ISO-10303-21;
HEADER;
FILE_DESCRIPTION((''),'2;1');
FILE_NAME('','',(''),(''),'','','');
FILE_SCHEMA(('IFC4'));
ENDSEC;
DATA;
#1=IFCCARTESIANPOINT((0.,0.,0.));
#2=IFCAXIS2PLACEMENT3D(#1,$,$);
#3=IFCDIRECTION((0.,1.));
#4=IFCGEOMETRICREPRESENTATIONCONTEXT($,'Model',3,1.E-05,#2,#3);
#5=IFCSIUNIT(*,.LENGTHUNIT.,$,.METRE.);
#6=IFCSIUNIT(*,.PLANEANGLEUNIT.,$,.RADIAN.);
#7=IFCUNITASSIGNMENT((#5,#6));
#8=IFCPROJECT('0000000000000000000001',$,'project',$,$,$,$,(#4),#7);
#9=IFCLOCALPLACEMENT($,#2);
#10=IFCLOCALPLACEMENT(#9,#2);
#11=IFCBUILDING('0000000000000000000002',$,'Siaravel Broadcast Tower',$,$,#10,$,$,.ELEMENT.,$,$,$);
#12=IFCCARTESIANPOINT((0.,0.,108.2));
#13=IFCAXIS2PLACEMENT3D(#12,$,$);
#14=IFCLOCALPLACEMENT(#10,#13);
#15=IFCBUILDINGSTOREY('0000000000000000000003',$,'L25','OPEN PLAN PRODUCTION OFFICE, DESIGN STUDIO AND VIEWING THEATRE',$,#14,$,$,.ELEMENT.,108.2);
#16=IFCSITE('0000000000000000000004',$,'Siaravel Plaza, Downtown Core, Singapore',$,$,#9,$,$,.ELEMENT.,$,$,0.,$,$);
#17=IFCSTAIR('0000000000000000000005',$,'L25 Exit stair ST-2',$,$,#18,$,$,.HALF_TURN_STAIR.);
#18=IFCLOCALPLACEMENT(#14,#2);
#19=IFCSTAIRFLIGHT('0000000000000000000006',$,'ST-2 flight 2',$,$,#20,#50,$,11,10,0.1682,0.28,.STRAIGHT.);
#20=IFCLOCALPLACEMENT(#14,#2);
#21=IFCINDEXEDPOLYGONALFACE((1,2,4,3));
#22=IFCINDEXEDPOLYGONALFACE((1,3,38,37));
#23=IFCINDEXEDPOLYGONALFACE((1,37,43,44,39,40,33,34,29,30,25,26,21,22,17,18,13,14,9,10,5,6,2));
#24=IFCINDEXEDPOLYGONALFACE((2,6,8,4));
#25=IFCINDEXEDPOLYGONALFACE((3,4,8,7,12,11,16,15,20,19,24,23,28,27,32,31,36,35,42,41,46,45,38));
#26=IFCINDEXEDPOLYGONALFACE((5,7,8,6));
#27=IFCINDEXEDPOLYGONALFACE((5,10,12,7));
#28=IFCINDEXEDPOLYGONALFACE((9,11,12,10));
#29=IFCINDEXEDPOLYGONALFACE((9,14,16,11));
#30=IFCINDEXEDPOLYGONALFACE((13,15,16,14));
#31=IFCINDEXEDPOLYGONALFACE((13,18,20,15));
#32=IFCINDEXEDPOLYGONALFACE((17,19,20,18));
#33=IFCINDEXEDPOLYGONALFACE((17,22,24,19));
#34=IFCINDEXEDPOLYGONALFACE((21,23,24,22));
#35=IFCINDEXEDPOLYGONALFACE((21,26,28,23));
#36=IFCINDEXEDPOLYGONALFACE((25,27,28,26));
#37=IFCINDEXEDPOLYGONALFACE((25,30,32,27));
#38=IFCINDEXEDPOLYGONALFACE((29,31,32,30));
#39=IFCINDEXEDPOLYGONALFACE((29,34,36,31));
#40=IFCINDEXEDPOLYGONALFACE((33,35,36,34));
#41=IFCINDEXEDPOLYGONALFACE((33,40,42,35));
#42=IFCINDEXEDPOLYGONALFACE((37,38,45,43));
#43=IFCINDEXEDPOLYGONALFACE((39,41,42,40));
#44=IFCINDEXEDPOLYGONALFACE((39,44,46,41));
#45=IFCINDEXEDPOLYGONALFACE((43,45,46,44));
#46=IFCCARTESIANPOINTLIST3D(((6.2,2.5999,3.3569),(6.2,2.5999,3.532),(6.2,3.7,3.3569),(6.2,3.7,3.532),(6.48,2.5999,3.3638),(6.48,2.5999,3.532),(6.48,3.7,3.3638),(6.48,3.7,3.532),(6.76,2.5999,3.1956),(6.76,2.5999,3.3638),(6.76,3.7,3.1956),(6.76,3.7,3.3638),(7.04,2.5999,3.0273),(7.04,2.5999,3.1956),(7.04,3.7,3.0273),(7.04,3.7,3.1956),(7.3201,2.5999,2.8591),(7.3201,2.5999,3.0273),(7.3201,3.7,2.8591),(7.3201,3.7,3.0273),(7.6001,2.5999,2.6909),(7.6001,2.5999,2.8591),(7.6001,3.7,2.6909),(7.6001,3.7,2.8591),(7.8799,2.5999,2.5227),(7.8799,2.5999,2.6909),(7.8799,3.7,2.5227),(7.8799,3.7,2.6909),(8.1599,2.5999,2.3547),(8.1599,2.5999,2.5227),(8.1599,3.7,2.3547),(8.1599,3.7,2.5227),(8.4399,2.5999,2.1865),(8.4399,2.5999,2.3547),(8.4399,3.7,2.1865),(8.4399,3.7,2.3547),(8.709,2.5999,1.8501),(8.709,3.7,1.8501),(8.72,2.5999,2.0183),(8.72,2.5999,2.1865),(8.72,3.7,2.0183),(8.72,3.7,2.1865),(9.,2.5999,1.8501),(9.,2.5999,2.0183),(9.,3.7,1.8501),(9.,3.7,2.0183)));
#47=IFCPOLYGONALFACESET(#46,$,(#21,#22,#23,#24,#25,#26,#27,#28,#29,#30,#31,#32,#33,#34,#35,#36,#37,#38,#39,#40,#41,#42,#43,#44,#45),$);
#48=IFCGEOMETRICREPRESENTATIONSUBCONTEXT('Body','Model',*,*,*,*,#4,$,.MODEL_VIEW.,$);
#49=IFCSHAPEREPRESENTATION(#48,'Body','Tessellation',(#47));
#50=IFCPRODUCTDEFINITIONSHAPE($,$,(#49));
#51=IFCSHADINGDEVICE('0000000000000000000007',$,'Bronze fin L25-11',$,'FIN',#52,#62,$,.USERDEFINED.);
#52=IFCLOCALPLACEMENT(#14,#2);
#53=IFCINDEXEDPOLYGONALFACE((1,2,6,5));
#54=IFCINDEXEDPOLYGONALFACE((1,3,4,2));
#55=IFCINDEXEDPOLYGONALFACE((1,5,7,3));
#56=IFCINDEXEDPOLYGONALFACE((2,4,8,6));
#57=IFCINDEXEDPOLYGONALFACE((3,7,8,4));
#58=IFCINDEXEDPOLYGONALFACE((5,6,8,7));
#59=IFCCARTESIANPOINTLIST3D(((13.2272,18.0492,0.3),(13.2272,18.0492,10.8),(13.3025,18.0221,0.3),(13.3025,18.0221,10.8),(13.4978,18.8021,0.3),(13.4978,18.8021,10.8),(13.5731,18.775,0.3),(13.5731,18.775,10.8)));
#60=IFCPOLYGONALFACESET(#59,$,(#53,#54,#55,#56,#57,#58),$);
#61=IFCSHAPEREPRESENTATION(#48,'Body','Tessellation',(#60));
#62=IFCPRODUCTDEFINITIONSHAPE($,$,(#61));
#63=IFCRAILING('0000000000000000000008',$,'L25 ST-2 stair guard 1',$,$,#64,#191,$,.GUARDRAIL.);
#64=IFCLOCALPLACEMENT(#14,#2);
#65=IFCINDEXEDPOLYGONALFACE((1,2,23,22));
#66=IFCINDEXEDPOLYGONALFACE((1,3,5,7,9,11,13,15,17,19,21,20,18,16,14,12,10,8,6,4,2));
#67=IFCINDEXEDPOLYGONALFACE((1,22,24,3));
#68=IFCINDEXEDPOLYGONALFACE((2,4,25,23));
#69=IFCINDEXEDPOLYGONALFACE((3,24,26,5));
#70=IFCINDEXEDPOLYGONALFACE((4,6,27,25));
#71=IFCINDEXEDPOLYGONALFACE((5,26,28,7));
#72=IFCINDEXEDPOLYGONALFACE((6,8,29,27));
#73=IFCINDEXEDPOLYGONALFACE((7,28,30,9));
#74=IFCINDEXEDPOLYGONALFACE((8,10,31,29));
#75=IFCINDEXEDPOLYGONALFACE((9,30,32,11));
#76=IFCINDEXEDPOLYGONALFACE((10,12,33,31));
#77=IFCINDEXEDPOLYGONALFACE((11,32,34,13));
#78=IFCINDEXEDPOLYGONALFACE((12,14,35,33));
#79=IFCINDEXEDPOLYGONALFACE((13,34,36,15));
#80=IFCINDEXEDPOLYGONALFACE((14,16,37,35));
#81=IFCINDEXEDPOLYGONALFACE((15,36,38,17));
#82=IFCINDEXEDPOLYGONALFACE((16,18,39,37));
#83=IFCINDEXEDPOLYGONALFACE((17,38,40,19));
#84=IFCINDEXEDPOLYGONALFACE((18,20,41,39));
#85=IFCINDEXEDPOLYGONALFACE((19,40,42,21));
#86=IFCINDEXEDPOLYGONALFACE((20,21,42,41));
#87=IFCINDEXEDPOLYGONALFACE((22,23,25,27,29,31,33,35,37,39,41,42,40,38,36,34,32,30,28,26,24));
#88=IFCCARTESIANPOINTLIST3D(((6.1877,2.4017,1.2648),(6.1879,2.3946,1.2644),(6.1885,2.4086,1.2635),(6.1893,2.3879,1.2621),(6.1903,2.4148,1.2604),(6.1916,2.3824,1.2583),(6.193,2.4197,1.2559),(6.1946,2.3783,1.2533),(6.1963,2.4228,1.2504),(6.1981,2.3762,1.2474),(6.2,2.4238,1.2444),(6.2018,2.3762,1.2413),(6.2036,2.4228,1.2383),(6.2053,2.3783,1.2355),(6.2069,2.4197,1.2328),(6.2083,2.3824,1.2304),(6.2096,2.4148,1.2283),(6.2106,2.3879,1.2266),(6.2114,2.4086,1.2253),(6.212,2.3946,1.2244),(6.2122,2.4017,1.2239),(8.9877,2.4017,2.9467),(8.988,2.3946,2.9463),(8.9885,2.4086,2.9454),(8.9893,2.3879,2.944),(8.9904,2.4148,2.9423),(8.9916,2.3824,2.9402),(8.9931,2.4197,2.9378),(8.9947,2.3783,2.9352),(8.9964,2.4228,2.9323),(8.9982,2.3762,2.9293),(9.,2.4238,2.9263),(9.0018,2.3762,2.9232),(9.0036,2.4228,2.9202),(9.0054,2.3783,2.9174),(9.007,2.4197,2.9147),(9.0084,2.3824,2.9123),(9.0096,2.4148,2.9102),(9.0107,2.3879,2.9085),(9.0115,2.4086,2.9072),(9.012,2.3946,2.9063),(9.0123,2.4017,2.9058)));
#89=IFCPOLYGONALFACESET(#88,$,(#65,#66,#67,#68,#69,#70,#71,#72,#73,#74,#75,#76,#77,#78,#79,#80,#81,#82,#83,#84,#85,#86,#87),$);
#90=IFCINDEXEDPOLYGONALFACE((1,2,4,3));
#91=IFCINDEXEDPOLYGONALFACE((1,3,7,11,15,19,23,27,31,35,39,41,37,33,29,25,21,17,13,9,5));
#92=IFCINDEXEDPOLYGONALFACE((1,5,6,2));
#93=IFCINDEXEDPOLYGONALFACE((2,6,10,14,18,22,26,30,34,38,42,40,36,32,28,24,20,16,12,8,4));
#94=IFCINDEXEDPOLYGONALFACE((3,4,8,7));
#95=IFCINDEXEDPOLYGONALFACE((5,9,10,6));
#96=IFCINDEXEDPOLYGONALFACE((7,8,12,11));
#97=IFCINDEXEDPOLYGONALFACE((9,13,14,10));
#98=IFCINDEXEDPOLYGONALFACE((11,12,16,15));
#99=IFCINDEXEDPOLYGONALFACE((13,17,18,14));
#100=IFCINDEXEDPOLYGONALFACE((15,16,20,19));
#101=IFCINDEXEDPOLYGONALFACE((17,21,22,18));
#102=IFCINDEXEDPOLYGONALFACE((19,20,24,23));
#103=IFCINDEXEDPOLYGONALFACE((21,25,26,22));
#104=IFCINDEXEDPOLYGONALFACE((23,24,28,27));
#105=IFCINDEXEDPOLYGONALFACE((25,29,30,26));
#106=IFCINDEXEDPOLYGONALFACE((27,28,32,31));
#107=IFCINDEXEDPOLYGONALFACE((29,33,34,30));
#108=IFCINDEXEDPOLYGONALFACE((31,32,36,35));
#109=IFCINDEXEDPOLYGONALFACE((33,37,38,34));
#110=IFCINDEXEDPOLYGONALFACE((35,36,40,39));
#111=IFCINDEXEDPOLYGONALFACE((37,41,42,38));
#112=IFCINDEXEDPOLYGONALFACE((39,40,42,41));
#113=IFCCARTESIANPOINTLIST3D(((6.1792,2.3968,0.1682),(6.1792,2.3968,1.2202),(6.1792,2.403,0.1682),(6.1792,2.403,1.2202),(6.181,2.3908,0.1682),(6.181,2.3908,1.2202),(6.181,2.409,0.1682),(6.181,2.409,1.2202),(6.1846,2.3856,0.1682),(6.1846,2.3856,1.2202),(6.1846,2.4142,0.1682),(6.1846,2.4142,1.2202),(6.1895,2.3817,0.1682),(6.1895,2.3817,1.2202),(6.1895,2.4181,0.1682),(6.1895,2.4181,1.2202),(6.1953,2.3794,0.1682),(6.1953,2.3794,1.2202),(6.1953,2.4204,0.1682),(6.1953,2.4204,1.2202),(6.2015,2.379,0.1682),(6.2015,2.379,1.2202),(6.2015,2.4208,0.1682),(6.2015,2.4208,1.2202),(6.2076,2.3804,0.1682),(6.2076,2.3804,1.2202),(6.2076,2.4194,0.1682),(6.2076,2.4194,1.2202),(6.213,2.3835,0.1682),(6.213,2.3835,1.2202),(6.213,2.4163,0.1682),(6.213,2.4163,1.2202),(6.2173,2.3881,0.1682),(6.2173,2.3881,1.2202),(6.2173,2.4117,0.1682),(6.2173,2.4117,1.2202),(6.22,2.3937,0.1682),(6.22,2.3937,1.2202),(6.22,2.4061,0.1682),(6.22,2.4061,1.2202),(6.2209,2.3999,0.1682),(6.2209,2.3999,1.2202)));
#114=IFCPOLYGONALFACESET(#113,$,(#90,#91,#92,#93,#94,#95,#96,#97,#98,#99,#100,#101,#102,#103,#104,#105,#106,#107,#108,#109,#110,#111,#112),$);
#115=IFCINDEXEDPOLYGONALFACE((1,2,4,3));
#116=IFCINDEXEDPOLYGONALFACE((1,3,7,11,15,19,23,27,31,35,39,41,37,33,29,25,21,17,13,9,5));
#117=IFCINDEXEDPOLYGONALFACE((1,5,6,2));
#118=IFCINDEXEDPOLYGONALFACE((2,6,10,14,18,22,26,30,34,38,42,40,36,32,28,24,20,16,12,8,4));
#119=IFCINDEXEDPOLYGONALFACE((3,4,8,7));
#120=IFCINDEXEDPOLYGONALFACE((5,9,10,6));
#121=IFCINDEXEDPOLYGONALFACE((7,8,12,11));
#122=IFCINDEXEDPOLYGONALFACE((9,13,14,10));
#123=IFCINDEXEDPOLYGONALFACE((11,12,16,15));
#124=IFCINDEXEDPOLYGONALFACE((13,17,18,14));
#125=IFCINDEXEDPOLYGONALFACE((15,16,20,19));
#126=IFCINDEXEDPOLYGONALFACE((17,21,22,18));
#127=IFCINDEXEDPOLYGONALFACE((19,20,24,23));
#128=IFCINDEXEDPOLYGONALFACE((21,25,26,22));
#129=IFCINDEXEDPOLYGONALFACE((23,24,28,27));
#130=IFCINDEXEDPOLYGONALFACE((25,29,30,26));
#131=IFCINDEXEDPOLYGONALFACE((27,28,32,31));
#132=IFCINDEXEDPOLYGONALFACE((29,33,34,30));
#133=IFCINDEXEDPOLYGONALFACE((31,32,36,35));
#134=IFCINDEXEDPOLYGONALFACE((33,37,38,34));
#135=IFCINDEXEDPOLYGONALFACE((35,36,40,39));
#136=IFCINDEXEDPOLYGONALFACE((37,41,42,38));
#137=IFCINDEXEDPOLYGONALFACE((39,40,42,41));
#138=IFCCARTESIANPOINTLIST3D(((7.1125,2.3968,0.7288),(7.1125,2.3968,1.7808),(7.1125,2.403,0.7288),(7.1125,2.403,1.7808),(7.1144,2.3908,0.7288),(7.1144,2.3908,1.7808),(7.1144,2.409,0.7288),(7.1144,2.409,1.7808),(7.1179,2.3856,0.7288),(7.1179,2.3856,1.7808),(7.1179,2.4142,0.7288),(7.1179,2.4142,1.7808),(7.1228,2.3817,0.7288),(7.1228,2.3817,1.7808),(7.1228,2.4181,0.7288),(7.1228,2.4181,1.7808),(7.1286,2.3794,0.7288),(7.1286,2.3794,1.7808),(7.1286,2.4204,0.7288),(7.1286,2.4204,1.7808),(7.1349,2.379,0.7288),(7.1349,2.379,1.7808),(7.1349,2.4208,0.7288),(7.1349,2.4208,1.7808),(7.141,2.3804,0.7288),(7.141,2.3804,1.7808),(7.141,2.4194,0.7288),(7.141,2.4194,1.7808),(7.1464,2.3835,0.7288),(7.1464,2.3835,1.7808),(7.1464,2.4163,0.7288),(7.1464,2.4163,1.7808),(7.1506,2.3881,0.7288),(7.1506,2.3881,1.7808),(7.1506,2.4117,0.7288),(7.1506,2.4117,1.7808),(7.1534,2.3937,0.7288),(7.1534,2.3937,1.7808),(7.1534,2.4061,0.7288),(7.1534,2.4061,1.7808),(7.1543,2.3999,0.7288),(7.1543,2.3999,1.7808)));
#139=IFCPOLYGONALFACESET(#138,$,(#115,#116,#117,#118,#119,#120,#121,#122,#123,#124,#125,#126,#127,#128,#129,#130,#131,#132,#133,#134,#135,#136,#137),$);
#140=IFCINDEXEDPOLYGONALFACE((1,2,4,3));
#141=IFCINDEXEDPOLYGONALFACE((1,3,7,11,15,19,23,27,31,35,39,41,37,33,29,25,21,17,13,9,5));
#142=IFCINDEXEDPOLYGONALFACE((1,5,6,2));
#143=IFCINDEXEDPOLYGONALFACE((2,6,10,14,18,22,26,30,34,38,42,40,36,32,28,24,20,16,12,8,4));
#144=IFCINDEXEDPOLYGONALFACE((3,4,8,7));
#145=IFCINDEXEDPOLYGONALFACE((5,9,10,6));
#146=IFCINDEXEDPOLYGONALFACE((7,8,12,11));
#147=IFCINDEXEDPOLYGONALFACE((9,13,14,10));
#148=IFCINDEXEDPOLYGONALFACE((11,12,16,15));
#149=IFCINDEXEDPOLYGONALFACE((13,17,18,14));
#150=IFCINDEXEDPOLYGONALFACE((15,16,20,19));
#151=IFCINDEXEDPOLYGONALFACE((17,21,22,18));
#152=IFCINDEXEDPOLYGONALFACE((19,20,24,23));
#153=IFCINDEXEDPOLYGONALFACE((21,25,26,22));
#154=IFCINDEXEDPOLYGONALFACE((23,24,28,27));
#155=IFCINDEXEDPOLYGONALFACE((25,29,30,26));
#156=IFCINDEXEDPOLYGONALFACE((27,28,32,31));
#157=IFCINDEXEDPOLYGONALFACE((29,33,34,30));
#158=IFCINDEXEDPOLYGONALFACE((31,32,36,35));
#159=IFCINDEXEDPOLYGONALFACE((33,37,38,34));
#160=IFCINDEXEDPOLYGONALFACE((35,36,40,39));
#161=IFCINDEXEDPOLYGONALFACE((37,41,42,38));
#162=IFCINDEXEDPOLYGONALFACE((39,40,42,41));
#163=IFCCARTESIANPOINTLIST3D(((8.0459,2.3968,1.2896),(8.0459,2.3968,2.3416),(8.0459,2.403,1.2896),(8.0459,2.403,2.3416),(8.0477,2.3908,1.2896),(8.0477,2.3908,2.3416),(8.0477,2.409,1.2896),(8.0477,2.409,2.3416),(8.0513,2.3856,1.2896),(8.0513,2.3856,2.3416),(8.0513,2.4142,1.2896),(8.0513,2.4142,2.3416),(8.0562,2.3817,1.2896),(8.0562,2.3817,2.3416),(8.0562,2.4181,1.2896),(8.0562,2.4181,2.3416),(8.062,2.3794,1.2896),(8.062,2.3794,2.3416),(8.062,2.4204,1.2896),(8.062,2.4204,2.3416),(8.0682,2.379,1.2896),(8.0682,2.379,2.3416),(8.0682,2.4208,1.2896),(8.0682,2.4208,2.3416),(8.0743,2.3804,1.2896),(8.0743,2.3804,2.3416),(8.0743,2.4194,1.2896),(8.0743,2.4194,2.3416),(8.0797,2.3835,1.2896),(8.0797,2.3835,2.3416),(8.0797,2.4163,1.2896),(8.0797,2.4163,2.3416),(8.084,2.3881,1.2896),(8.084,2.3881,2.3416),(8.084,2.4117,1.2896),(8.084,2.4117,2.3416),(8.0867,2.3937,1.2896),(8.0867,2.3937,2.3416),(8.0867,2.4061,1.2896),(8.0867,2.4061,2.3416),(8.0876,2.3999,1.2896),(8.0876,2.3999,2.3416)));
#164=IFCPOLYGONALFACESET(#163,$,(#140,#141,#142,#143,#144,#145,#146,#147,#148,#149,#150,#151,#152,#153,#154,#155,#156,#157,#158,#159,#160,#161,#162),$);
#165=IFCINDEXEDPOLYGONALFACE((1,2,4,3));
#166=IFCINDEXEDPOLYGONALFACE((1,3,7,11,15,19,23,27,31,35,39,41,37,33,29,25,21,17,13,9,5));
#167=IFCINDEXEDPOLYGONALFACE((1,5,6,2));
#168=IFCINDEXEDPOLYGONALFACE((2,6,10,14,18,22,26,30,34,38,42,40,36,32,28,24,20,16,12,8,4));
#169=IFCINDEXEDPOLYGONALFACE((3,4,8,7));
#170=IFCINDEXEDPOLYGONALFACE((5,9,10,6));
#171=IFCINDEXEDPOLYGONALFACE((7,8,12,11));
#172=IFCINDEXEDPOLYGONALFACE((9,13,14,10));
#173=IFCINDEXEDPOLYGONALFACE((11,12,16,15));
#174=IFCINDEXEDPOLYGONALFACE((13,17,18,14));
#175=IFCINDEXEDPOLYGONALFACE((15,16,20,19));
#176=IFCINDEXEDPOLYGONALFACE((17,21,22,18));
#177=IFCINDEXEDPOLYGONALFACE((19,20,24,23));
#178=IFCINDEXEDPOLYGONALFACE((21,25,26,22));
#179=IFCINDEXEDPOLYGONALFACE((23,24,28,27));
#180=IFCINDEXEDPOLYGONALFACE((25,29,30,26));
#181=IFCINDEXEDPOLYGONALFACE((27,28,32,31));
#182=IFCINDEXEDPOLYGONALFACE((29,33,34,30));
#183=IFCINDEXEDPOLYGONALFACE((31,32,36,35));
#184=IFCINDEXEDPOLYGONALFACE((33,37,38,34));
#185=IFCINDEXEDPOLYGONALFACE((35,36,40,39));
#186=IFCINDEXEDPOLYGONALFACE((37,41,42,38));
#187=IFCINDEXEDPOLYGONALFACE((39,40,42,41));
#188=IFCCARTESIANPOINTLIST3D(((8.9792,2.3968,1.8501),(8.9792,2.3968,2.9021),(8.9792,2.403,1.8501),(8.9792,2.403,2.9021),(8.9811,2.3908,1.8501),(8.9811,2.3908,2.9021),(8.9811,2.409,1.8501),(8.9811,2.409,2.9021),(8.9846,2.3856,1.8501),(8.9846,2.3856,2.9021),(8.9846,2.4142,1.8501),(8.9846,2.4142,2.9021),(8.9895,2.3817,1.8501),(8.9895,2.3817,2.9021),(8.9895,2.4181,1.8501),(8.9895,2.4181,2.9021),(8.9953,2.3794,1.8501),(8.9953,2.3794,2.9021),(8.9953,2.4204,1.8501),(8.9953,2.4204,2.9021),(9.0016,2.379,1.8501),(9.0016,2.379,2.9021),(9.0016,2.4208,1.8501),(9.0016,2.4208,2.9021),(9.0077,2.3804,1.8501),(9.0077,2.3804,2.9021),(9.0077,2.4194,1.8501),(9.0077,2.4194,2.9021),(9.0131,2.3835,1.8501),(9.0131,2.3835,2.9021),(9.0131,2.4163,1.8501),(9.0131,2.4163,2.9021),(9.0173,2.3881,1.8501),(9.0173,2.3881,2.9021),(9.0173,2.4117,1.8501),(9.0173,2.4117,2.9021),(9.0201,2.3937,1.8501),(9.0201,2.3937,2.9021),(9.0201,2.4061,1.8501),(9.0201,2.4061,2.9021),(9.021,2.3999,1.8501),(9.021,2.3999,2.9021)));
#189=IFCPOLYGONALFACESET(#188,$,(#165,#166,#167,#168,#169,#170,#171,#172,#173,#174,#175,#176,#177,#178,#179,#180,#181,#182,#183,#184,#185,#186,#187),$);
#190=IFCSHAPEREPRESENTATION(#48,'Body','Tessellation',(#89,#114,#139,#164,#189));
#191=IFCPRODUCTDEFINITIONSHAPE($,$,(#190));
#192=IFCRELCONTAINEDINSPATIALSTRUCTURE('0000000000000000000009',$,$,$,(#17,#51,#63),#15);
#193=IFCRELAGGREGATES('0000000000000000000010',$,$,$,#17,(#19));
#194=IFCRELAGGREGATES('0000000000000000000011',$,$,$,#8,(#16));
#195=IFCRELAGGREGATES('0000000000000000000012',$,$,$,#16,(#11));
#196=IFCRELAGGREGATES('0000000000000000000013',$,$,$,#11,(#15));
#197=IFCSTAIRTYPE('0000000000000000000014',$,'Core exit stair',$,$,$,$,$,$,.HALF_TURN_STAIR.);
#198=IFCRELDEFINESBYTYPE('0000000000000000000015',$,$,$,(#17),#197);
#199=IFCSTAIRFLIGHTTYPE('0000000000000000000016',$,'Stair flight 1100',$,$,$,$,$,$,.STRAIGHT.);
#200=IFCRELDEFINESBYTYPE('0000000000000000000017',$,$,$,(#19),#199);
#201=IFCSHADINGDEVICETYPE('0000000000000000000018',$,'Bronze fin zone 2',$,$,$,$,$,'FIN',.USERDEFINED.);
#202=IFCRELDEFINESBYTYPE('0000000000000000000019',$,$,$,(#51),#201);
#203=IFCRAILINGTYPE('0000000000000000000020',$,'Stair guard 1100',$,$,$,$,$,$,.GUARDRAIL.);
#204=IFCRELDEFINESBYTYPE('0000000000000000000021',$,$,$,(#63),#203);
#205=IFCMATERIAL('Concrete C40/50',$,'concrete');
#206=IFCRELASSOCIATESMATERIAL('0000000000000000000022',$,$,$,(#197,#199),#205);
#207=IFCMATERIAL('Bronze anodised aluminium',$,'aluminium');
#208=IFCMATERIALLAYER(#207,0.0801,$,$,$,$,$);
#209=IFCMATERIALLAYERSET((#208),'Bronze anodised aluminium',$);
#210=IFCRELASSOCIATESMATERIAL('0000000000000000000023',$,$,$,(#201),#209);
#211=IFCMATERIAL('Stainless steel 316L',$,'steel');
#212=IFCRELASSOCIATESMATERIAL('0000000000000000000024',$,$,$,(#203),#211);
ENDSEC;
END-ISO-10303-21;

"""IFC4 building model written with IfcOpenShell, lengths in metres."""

from ifc_helpers import new_model, si_unit, direction, frame, origin, origin_2d, place, context, subcontext, project, spatial, polyline, rectangle, circle, outline, extrude, material, layer, layer_set, type_object, element, aggregate, save


model = new_model("IFC4")

# Units and contexts
model_context = context("Model", 3, precision=1e-05, world=origin(), true_north=direction((0.0, 1.0)))
body_context = subcontext(model_context, "Body", "Model", "MODEL_VIEW")
ifc_project = project(units=[si_unit("LENGTHUNIT", "METRE"), si_unit("PLANEANGLEUNIT", "RADIAN")], contexts=[model_context])

# Site, building, storey
site_placement = place(None, origin())
site = spatial("IfcSite", under=ifc_project, at=site_placement, Name="Siaravel Plaza, Downtown Core, Singapore", CompositionType="ELEMENT", RefElevation=0.0)
building_placement = place(site_placement, origin())
building = spatial("IfcBuilding", under=site, at=building_placement, Name="Siaravel Broadcast Tower", CompositionType="ELEMENT")
storey_placement = place(building_placement, frame((0.0, 0.0, 108.2)))
storey = spatial("IfcBuildingStorey", under=building, at=storey_placement, Name="L25", Description="OPEN PLAN PRODUCTION OFFICE, DESIGN STUDIO AND VIEWING THEATRE", CompositionType="ELEMENT", Elevation=108.2)

# Stair, stair flight
ifc_material_1 = material(Name="Concrete C40/50", Category="concrete")
stair_type = type_object("IfcStairType", Name="Core exit stair", PredefinedType="HALF_TURN_STAIR", material=ifc_material_1)
stair_placement = place(storey_placement, origin())
stair = element("IfcStair", 1, at=stair_placement, inside=storey, type_object=stair_type, Name="L25 Exit stair ST-2", PredefinedType="HALF_TURN_STAIR")
stair_flight_type = type_object("IfcStairFlightType", Name="Stair flight 1100", PredefinedType="STRAIGHT", material=ifc_material_1)
stair_flight_1_placement = place(storey_placement, frame((9.0, 3.1499, 1.8501), z_axis=(0.0, 0.0, 1.0), x_axis=(-1.0, 0.0, 0.0)))
stair_flight_1 = element("IfcStairFlight", 2, at=stair_flight_1_placement, type_object=stair_flight_type, Name="ST-2 flight 2", NumberOfRisers=11, NumberOfTreads=10, PredefinedType="STRAIGHT", RiserHeight=0.1682, TreadLength=0.28, context=body_context, shape_type="SweptSolid", body=[
    extrude(outline(polyline([(0.0, 0.0), (0.0, 0.1682), (0.28, 0.1682), (0.28, 0.3364), (0.5601, 0.3364), (0.5601, 0.5046), (0.8401, 0.5046), (0.8401, 0.6726), (1.1201, 0.6726), (1.1201, 0.8408), (1.3999, 0.8408), (1.3999, 1.009), (1.6799, 1.009), (1.6799, 1.1772), (1.96, 1.1772), (1.96, 1.3455), (2.24, 1.3455), (2.24, 1.5137), (2.52, 1.5137), (2.52, 1.6819), (2.8, 1.6819), (2.8, 1.8501), (2.8, 1.5068), (0.291, 0.0), (0.0, 0.0)])), frame((0.0, 0.55, 0.0), z_axis=(0.0, -1.0, 0.0), x_axis=(1.0, 0.0, 0.0)), (0.0, 0.0, 1.0), 1.1001),
])
aggregate(stair, [stair_flight_1])

# Shading device
ifc_material_2 = material(Name="Bronze anodised aluminium", Category="aluminium")
ifc_layer_1 = layer(ifc_material_2, 0.0801)
ifc_layer_set_1 = layer_set([ifc_layer_1], Name="Bronze anodised aluminium")
shading_device_type = type_object("IfcShadingDeviceType", Name="Bronze fin zone 2", ElementType="FIN", PredefinedType="USERDEFINED", material=ifc_layer_set_1)
shading_device_placement = place(storey_placement, frame((13.4001, 18.4121, 0.3), z_axis=(0.0, 0.0, 1.0), x_axis=(0.338258, 0.941053, 0.0)))
element("IfcShadingDevice", 3, at=shading_device_placement, inside=storey, type_object=shading_device_type, Name="Bronze fin L25-11", ObjectType="FIN", PredefinedType="USERDEFINED", context=body_context, shape_type="SweptSolid", body=[
    extrude(rectangle(XDim=0.8, YDim=0.0801, at=origin_2d()), origin(), (0.0, 0.0, 1.0), 10.5),
])

# Railing
ifc_material_3 = material(Name="Stainless steel 316L", Category="steel")
railing_type_1 = type_object("IfcRailingType", Name="Stair guard 1100", PredefinedType="GUARDRAIL", material=ifc_material_3)
railing_1_placement = place(storey_placement, frame((6.2, 2.3999, 0.1682)))
element("IfcRailing", 4, at=railing_1_placement, inside=storey, type_object=railing_type_1, Name="L25 ST-2 stair guard 1", PredefinedType="GUARDRAIL", context=body_context, shape_type="SweptSolid", body=[
    extrude(circle(Radius=0.0239, at=origin_2d()), frame((0.0, 0.0, 1.0762), z_axis=(0.857242, 0.0, 0.514913), x_axis=(0.0, 1.0, 0.0)), (0.0, 0.0, 1.0), 3.2664),
    extrude(circle(Radius=0.021, at=origin_2d()), origin(), (0.0, 0.0, 1.0), 1.052),
    extrude(circle(Radius=0.021, at=origin_2d()), frame((0.9333, 0.0, 0.5605)), (0.0, 0.0, 1.0), 1.052),
    extrude(circle(Radius=0.021, at=origin_2d()), frame((1.8667, 0.0, 1.1213)), (0.0, 0.0, 1.0), 1.052),
    extrude(circle(Radius=0.021, at=origin_2d()), frame((2.8, 0.0, 1.6819)), (0.0, 0.0, 1.0), 1.052),
])

save(model, "model.ifc")
